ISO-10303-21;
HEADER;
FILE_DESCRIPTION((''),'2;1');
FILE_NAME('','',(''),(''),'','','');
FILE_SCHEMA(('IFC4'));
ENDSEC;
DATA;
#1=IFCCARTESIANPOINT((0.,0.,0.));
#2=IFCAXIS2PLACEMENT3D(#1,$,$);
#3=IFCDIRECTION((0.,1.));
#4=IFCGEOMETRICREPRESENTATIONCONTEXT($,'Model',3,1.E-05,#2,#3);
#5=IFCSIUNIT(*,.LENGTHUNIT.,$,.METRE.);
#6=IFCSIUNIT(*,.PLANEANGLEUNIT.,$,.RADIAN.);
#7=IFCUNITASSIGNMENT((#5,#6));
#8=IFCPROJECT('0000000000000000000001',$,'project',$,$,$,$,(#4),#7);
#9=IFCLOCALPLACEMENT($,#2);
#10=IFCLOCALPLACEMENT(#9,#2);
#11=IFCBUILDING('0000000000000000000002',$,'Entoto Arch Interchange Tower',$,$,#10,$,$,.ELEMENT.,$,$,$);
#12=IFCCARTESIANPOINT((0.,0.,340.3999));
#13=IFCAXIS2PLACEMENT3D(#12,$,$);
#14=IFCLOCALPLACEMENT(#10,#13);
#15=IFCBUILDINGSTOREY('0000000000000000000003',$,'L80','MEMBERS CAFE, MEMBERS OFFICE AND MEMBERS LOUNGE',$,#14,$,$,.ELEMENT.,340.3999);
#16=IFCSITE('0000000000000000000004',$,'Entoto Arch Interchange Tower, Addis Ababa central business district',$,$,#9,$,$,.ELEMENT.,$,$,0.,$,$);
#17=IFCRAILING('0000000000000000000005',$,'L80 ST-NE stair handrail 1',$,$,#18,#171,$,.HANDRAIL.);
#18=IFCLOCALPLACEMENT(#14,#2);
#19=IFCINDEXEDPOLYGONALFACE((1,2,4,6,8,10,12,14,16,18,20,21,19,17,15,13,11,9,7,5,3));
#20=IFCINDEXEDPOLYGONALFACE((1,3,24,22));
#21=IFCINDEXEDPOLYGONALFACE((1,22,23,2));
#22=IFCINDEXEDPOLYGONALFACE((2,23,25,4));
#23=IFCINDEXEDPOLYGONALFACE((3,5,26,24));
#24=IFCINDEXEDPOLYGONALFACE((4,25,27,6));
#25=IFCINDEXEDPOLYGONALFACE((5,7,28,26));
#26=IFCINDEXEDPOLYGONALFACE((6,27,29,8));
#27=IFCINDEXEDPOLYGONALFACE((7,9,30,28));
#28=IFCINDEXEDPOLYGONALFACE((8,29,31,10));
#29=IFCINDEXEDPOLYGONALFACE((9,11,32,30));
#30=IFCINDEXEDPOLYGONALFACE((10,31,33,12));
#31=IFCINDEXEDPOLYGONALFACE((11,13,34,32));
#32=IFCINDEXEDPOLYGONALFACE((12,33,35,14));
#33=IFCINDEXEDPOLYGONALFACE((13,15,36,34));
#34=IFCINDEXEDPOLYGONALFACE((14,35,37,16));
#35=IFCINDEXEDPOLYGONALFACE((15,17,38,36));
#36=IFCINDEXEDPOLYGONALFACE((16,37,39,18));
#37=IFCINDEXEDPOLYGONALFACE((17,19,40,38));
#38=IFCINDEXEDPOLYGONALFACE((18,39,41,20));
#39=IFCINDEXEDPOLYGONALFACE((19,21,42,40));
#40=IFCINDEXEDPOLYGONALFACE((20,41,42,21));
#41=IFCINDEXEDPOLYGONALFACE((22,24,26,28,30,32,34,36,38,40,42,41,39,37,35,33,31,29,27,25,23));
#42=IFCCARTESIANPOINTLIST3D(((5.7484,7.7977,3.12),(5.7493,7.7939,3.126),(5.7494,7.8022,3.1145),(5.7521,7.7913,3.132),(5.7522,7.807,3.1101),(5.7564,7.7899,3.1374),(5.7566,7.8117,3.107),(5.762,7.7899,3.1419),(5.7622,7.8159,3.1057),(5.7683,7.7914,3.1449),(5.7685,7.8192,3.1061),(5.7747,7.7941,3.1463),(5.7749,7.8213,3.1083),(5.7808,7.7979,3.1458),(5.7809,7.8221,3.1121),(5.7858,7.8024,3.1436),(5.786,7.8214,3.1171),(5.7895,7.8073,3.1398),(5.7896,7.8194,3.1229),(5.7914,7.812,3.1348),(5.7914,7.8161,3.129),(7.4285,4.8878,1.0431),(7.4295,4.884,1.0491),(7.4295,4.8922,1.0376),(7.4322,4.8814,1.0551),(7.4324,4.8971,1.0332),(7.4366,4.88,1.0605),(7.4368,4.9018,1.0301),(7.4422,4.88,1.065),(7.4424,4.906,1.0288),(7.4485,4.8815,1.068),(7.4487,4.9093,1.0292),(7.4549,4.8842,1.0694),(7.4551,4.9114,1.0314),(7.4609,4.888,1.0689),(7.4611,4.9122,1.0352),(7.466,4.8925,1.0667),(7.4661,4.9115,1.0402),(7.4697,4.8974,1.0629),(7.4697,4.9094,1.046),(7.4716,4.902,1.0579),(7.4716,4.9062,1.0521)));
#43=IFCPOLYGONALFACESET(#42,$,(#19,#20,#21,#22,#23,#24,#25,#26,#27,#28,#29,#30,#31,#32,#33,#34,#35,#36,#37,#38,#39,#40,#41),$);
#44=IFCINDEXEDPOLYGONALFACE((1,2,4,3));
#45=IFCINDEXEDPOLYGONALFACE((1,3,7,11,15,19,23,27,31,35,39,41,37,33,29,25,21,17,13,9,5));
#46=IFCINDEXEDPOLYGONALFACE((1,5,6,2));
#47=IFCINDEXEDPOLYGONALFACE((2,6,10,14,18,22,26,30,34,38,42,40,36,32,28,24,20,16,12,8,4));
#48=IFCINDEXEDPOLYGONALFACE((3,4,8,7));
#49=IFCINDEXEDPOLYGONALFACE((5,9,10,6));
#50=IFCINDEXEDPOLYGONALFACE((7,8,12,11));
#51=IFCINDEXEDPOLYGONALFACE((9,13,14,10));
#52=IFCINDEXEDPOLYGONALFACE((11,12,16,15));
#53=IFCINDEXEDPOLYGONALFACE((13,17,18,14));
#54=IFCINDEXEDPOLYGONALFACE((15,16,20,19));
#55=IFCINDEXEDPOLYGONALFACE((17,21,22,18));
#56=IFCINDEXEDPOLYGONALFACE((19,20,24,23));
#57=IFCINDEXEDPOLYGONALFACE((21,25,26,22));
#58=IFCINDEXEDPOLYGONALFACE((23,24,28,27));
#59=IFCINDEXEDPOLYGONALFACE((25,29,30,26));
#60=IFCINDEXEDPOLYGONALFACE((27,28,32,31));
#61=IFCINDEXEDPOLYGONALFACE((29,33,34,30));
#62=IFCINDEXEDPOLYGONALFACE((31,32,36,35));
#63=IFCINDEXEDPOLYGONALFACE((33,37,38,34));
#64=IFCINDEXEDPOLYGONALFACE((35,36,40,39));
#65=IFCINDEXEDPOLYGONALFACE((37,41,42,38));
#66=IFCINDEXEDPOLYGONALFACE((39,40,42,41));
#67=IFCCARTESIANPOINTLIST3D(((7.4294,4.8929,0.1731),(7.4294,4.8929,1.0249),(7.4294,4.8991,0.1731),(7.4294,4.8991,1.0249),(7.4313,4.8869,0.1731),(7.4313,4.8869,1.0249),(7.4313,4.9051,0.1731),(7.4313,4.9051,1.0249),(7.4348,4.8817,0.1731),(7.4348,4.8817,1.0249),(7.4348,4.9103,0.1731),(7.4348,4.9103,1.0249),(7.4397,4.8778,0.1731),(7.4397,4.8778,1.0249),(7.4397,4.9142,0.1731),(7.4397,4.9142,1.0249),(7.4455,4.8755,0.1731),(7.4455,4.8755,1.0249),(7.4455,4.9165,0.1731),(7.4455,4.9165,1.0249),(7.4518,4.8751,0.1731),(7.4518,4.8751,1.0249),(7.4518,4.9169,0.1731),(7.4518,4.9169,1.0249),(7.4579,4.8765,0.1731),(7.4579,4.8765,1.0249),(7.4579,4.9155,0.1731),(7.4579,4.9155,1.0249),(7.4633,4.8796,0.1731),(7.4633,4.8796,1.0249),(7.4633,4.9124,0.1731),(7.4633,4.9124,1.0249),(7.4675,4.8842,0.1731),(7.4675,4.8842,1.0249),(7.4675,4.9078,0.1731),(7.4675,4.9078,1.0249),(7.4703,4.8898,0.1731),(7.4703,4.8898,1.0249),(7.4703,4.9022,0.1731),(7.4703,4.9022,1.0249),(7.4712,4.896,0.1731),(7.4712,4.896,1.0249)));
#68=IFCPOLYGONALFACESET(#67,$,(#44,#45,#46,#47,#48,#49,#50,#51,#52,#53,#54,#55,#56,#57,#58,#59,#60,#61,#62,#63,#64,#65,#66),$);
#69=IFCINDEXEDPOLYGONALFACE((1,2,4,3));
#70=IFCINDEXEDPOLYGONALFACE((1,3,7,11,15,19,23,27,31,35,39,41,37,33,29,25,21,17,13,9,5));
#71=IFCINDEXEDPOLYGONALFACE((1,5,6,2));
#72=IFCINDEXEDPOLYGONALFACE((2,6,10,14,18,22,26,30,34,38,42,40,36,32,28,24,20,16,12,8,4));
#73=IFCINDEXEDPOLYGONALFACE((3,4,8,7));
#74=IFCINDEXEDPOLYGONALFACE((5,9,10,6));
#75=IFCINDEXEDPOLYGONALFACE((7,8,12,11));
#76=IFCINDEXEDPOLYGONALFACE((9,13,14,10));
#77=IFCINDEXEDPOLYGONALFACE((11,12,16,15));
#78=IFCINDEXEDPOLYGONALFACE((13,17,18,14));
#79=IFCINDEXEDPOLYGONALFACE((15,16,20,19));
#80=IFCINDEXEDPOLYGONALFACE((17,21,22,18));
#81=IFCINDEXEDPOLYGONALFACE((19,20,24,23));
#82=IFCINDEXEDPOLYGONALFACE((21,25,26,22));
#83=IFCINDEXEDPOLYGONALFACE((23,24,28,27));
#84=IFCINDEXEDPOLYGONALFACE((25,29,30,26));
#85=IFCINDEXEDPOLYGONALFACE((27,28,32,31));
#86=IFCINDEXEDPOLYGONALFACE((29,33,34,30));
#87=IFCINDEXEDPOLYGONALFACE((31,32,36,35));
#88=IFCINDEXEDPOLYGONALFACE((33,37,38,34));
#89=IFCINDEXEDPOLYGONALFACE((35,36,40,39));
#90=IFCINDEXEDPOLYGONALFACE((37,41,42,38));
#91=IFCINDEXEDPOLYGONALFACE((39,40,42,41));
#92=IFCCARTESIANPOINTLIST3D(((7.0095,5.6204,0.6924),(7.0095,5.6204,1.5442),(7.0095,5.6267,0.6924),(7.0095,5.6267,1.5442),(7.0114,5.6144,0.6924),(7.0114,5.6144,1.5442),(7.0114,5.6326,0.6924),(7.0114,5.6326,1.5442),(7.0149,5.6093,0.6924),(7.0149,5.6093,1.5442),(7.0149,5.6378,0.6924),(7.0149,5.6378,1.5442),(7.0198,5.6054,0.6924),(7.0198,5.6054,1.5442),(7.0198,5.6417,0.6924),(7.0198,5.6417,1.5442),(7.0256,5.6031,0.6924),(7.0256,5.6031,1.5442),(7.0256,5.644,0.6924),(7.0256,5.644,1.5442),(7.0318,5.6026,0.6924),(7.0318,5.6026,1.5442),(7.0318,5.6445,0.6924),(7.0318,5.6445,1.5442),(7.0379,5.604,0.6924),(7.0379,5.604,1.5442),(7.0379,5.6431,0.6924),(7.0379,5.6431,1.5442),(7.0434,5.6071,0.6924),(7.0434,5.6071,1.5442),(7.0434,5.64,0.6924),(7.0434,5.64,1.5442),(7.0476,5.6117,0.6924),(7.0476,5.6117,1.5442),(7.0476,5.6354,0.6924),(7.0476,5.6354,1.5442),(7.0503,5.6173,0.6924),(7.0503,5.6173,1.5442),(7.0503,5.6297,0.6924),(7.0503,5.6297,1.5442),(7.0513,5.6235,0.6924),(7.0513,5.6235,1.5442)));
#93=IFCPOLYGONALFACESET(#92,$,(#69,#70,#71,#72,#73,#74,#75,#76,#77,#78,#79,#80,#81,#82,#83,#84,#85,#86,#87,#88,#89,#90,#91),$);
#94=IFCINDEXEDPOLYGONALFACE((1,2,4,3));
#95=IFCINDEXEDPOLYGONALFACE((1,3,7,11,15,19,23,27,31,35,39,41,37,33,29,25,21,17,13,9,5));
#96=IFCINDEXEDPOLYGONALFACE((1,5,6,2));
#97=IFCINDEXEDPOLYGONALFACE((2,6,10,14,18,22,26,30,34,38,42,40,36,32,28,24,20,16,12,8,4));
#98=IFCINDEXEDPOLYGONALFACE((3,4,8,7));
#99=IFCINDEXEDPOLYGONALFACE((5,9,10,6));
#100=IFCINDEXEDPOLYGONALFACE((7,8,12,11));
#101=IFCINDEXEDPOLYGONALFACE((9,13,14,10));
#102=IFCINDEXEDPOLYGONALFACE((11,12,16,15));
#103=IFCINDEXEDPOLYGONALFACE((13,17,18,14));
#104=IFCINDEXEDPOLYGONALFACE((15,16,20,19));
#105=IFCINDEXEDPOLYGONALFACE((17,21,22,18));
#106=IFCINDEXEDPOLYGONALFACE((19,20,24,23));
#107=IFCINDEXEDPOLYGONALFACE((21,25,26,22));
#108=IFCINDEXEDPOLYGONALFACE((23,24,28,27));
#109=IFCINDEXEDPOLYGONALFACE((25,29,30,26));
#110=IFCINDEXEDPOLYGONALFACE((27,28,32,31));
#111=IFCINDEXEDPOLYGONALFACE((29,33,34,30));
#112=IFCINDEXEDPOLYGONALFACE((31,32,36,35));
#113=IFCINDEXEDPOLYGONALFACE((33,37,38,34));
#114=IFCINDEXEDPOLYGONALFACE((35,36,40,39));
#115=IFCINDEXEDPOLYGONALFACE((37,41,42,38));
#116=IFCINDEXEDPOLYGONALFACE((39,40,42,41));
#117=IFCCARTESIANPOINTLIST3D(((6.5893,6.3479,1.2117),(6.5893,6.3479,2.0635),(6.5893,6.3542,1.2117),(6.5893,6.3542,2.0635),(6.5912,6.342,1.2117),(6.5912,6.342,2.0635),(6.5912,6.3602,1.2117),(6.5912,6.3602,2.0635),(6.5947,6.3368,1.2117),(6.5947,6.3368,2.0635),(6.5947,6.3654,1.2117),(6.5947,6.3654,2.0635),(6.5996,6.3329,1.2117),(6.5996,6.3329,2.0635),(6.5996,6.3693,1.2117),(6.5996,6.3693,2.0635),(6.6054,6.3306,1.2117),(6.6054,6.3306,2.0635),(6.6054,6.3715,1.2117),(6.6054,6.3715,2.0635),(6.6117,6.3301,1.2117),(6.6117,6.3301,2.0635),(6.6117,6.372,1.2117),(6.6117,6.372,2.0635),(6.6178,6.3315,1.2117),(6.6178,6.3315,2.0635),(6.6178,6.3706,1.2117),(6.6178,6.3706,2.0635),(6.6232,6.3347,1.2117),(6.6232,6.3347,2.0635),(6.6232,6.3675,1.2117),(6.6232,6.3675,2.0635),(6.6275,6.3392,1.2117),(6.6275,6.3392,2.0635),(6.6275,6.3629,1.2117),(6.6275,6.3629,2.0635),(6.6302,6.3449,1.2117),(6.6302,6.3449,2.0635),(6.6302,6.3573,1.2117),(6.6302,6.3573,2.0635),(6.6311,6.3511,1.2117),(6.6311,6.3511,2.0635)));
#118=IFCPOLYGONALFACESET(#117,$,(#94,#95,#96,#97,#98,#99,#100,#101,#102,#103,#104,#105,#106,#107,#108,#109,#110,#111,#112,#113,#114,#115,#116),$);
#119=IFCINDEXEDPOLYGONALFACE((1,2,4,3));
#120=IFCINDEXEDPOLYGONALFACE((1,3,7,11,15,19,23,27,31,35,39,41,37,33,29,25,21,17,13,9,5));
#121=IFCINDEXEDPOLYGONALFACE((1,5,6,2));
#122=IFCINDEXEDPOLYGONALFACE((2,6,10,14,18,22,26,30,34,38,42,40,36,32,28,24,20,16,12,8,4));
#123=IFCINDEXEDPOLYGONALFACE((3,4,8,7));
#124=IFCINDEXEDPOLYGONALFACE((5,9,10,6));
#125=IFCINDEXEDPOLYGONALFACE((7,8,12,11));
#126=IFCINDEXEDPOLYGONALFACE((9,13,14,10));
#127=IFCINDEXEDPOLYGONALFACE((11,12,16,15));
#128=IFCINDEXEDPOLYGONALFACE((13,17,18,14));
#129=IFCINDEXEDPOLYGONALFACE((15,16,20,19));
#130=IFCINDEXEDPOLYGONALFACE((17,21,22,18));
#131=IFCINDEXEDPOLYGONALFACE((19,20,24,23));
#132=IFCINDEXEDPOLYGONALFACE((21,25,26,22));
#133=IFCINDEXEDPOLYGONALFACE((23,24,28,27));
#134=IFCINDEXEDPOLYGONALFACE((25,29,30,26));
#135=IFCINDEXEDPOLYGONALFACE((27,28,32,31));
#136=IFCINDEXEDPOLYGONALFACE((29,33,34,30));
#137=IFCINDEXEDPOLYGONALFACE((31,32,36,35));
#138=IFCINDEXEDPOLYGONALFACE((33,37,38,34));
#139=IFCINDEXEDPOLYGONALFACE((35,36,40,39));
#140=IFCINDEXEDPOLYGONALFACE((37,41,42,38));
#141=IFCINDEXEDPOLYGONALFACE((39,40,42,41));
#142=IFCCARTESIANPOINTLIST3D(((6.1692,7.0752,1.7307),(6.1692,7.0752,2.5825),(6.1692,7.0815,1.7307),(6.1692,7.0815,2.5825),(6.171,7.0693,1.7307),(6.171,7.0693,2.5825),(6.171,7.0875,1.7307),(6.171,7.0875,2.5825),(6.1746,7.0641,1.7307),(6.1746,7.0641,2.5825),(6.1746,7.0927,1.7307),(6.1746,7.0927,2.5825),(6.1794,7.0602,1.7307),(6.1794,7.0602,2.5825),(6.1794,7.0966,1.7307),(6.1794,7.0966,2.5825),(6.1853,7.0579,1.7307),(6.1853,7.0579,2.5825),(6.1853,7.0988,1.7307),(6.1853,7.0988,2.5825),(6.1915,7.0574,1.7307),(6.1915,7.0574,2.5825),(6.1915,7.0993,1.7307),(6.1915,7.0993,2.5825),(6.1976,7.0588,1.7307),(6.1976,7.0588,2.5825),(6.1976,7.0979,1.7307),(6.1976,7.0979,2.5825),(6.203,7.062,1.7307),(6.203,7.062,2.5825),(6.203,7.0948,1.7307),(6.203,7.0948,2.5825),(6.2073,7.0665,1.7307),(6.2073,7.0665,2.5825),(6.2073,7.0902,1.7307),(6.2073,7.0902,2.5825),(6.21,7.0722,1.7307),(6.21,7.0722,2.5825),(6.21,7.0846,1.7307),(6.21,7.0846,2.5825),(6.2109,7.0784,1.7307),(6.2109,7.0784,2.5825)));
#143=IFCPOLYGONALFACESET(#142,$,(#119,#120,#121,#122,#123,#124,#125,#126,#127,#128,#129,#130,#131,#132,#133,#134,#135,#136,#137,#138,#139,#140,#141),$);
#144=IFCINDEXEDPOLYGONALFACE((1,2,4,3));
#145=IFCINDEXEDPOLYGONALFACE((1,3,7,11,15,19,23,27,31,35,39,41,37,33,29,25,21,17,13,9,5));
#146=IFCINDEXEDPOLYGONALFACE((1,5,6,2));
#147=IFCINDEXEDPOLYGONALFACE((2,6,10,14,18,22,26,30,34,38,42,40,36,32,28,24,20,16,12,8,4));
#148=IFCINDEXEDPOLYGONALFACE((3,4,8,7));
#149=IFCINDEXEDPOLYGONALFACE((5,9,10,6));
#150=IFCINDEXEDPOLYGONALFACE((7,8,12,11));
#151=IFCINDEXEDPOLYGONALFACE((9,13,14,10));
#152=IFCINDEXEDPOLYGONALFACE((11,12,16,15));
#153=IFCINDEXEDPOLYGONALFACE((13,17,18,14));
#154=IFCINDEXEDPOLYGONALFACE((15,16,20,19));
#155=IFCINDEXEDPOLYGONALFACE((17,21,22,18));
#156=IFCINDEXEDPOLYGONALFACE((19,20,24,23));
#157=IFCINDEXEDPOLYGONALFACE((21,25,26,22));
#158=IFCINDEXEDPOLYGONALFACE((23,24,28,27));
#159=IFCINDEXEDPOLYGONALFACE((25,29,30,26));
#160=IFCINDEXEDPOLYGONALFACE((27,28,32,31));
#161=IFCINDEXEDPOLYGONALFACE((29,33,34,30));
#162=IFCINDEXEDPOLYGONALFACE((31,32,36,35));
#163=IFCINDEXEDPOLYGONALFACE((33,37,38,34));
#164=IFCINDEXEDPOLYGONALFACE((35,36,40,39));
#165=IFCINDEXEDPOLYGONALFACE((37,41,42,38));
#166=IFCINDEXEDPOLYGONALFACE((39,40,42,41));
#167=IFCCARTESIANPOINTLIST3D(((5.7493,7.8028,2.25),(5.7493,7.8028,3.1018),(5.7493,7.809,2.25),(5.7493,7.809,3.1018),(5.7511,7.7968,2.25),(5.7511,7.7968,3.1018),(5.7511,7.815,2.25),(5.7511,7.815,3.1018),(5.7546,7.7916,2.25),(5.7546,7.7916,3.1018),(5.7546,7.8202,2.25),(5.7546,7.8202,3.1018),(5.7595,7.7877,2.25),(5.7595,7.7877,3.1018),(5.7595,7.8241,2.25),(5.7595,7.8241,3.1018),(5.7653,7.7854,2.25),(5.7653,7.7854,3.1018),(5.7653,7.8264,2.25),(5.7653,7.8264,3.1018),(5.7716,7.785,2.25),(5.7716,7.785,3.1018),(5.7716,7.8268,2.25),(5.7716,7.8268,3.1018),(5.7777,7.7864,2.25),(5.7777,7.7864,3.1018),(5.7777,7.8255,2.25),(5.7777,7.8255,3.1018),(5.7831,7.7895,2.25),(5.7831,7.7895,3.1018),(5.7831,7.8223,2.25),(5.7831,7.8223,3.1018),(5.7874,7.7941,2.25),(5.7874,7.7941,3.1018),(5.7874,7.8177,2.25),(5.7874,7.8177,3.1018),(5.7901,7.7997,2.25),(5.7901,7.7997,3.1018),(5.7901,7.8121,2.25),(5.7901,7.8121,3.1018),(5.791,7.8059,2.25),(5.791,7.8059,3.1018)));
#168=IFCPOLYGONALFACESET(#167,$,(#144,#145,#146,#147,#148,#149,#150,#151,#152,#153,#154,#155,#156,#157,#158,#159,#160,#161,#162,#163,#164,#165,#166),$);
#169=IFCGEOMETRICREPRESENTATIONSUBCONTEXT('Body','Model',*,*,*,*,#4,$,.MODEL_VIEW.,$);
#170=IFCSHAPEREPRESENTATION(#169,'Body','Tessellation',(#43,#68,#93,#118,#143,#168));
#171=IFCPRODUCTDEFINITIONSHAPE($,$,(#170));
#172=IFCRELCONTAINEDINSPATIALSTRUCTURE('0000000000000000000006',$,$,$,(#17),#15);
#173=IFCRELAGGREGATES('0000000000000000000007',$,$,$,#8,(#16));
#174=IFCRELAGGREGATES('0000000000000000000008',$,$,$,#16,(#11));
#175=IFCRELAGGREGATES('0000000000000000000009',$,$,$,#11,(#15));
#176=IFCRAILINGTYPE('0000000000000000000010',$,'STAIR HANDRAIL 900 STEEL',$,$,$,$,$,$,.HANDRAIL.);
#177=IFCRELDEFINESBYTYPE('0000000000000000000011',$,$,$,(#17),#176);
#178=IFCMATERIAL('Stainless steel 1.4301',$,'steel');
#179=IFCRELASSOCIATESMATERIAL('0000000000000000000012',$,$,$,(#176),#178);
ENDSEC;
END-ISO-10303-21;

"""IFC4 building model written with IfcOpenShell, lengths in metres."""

from ifc_helpers import new_model, si_unit, direction, frame, origin, origin_2d, place, context, subcontext, project, spatial, circle, extrude, material, type_object, element, save


model = new_model("IFC4")

# Units and contexts
model_context = context("Model", 3, precision=1e-05, world=origin(), true_north=direction((0.0, 1.0)))
body_context = subcontext(model_context, "Body", "Model", "MODEL_VIEW")
ifc_project = project(units=[si_unit("LENGTHUNIT", "METRE"), si_unit("PLANEANGLEUNIT", "RADIAN")], contexts=[model_context])

# Site, building, storey
site_placement = place(None, origin())
site = spatial("IfcSite", under=ifc_project, at=site_placement, Name="Entoto Arch Interchange Tower, Addis Ababa central business district", CompositionType="ELEMENT", RefElevation=0.0)
building_placement = place(site_placement, origin())
building = spatial("IfcBuilding", under=site, at=building_placement, Name="Entoto Arch Interchange Tower", CompositionType="ELEMENT")
storey_placement = place(building_placement, frame((0.0, 0.0, 340.3999)))
storey = spatial("IfcBuildingStorey", under=building, at=storey_placement, Name="L80", Description="MEMBERS CAFE, MEMBERS OFFICE AND MEMBERS LOUNGE", CompositionType="ELEMENT", Elevation=340.3999)

# Railing
ifc_material_1 = material(Name="Stainless steel 1.4301", Category="steel")
railing_type_1 = type_object("IfcRailingType", Name="STAIR HANDRAIL 900 STEEL", PredefinedType="HANDRAIL", material=ifc_material_1)
railing_1_placement = place(storey_placement, frame((7.4502, 4.896, 0.1731)))
element("IfcRailing", 1, at=railing_1_placement, inside=storey, type_object=railing_type_1, Name="L80 ST-NE stair handrail 1", PredefinedType="HANDRAIL", context=body_context, shape_type="SweptSolid", body=[
    extrude(circle(Radius=0.0239, at=origin_2d()), frame((0.0, 0.0, 0.876), z_axis=(-0.425339, 0.736649, 0.525771), x_axis=(-0.866008, -0.500031, 0.0)), (0.0, 0.0, 1.0), 3.9502),
    extrude(circle(Radius=0.021, at=origin_2d()), origin(), (0.0, 0.0, 1.0), 0.8518),
    extrude(circle(Radius=0.021, at=origin_2d()), frame((-0.4199, 0.7275, 0.5193)), (0.0, 0.0, 1.0), 0.8518),
    extrude(circle(Radius=0.021, at=origin_2d()), frame((-0.8401, 1.4551, 1.0386)), (0.0, 0.0, 1.0), 0.8518),
    extrude(circle(Radius=0.021, at=origin_2d()), frame((-1.2603, 2.1824, 1.5576)), (0.0, 0.0, 1.0), 0.8518),
    extrude(circle(Radius=0.021, at=origin_2d()), frame((-1.6802, 2.9099, 2.0769)), (0.0, 0.0, 1.0), 0.8518),
])

save(model, "model.ifc")
